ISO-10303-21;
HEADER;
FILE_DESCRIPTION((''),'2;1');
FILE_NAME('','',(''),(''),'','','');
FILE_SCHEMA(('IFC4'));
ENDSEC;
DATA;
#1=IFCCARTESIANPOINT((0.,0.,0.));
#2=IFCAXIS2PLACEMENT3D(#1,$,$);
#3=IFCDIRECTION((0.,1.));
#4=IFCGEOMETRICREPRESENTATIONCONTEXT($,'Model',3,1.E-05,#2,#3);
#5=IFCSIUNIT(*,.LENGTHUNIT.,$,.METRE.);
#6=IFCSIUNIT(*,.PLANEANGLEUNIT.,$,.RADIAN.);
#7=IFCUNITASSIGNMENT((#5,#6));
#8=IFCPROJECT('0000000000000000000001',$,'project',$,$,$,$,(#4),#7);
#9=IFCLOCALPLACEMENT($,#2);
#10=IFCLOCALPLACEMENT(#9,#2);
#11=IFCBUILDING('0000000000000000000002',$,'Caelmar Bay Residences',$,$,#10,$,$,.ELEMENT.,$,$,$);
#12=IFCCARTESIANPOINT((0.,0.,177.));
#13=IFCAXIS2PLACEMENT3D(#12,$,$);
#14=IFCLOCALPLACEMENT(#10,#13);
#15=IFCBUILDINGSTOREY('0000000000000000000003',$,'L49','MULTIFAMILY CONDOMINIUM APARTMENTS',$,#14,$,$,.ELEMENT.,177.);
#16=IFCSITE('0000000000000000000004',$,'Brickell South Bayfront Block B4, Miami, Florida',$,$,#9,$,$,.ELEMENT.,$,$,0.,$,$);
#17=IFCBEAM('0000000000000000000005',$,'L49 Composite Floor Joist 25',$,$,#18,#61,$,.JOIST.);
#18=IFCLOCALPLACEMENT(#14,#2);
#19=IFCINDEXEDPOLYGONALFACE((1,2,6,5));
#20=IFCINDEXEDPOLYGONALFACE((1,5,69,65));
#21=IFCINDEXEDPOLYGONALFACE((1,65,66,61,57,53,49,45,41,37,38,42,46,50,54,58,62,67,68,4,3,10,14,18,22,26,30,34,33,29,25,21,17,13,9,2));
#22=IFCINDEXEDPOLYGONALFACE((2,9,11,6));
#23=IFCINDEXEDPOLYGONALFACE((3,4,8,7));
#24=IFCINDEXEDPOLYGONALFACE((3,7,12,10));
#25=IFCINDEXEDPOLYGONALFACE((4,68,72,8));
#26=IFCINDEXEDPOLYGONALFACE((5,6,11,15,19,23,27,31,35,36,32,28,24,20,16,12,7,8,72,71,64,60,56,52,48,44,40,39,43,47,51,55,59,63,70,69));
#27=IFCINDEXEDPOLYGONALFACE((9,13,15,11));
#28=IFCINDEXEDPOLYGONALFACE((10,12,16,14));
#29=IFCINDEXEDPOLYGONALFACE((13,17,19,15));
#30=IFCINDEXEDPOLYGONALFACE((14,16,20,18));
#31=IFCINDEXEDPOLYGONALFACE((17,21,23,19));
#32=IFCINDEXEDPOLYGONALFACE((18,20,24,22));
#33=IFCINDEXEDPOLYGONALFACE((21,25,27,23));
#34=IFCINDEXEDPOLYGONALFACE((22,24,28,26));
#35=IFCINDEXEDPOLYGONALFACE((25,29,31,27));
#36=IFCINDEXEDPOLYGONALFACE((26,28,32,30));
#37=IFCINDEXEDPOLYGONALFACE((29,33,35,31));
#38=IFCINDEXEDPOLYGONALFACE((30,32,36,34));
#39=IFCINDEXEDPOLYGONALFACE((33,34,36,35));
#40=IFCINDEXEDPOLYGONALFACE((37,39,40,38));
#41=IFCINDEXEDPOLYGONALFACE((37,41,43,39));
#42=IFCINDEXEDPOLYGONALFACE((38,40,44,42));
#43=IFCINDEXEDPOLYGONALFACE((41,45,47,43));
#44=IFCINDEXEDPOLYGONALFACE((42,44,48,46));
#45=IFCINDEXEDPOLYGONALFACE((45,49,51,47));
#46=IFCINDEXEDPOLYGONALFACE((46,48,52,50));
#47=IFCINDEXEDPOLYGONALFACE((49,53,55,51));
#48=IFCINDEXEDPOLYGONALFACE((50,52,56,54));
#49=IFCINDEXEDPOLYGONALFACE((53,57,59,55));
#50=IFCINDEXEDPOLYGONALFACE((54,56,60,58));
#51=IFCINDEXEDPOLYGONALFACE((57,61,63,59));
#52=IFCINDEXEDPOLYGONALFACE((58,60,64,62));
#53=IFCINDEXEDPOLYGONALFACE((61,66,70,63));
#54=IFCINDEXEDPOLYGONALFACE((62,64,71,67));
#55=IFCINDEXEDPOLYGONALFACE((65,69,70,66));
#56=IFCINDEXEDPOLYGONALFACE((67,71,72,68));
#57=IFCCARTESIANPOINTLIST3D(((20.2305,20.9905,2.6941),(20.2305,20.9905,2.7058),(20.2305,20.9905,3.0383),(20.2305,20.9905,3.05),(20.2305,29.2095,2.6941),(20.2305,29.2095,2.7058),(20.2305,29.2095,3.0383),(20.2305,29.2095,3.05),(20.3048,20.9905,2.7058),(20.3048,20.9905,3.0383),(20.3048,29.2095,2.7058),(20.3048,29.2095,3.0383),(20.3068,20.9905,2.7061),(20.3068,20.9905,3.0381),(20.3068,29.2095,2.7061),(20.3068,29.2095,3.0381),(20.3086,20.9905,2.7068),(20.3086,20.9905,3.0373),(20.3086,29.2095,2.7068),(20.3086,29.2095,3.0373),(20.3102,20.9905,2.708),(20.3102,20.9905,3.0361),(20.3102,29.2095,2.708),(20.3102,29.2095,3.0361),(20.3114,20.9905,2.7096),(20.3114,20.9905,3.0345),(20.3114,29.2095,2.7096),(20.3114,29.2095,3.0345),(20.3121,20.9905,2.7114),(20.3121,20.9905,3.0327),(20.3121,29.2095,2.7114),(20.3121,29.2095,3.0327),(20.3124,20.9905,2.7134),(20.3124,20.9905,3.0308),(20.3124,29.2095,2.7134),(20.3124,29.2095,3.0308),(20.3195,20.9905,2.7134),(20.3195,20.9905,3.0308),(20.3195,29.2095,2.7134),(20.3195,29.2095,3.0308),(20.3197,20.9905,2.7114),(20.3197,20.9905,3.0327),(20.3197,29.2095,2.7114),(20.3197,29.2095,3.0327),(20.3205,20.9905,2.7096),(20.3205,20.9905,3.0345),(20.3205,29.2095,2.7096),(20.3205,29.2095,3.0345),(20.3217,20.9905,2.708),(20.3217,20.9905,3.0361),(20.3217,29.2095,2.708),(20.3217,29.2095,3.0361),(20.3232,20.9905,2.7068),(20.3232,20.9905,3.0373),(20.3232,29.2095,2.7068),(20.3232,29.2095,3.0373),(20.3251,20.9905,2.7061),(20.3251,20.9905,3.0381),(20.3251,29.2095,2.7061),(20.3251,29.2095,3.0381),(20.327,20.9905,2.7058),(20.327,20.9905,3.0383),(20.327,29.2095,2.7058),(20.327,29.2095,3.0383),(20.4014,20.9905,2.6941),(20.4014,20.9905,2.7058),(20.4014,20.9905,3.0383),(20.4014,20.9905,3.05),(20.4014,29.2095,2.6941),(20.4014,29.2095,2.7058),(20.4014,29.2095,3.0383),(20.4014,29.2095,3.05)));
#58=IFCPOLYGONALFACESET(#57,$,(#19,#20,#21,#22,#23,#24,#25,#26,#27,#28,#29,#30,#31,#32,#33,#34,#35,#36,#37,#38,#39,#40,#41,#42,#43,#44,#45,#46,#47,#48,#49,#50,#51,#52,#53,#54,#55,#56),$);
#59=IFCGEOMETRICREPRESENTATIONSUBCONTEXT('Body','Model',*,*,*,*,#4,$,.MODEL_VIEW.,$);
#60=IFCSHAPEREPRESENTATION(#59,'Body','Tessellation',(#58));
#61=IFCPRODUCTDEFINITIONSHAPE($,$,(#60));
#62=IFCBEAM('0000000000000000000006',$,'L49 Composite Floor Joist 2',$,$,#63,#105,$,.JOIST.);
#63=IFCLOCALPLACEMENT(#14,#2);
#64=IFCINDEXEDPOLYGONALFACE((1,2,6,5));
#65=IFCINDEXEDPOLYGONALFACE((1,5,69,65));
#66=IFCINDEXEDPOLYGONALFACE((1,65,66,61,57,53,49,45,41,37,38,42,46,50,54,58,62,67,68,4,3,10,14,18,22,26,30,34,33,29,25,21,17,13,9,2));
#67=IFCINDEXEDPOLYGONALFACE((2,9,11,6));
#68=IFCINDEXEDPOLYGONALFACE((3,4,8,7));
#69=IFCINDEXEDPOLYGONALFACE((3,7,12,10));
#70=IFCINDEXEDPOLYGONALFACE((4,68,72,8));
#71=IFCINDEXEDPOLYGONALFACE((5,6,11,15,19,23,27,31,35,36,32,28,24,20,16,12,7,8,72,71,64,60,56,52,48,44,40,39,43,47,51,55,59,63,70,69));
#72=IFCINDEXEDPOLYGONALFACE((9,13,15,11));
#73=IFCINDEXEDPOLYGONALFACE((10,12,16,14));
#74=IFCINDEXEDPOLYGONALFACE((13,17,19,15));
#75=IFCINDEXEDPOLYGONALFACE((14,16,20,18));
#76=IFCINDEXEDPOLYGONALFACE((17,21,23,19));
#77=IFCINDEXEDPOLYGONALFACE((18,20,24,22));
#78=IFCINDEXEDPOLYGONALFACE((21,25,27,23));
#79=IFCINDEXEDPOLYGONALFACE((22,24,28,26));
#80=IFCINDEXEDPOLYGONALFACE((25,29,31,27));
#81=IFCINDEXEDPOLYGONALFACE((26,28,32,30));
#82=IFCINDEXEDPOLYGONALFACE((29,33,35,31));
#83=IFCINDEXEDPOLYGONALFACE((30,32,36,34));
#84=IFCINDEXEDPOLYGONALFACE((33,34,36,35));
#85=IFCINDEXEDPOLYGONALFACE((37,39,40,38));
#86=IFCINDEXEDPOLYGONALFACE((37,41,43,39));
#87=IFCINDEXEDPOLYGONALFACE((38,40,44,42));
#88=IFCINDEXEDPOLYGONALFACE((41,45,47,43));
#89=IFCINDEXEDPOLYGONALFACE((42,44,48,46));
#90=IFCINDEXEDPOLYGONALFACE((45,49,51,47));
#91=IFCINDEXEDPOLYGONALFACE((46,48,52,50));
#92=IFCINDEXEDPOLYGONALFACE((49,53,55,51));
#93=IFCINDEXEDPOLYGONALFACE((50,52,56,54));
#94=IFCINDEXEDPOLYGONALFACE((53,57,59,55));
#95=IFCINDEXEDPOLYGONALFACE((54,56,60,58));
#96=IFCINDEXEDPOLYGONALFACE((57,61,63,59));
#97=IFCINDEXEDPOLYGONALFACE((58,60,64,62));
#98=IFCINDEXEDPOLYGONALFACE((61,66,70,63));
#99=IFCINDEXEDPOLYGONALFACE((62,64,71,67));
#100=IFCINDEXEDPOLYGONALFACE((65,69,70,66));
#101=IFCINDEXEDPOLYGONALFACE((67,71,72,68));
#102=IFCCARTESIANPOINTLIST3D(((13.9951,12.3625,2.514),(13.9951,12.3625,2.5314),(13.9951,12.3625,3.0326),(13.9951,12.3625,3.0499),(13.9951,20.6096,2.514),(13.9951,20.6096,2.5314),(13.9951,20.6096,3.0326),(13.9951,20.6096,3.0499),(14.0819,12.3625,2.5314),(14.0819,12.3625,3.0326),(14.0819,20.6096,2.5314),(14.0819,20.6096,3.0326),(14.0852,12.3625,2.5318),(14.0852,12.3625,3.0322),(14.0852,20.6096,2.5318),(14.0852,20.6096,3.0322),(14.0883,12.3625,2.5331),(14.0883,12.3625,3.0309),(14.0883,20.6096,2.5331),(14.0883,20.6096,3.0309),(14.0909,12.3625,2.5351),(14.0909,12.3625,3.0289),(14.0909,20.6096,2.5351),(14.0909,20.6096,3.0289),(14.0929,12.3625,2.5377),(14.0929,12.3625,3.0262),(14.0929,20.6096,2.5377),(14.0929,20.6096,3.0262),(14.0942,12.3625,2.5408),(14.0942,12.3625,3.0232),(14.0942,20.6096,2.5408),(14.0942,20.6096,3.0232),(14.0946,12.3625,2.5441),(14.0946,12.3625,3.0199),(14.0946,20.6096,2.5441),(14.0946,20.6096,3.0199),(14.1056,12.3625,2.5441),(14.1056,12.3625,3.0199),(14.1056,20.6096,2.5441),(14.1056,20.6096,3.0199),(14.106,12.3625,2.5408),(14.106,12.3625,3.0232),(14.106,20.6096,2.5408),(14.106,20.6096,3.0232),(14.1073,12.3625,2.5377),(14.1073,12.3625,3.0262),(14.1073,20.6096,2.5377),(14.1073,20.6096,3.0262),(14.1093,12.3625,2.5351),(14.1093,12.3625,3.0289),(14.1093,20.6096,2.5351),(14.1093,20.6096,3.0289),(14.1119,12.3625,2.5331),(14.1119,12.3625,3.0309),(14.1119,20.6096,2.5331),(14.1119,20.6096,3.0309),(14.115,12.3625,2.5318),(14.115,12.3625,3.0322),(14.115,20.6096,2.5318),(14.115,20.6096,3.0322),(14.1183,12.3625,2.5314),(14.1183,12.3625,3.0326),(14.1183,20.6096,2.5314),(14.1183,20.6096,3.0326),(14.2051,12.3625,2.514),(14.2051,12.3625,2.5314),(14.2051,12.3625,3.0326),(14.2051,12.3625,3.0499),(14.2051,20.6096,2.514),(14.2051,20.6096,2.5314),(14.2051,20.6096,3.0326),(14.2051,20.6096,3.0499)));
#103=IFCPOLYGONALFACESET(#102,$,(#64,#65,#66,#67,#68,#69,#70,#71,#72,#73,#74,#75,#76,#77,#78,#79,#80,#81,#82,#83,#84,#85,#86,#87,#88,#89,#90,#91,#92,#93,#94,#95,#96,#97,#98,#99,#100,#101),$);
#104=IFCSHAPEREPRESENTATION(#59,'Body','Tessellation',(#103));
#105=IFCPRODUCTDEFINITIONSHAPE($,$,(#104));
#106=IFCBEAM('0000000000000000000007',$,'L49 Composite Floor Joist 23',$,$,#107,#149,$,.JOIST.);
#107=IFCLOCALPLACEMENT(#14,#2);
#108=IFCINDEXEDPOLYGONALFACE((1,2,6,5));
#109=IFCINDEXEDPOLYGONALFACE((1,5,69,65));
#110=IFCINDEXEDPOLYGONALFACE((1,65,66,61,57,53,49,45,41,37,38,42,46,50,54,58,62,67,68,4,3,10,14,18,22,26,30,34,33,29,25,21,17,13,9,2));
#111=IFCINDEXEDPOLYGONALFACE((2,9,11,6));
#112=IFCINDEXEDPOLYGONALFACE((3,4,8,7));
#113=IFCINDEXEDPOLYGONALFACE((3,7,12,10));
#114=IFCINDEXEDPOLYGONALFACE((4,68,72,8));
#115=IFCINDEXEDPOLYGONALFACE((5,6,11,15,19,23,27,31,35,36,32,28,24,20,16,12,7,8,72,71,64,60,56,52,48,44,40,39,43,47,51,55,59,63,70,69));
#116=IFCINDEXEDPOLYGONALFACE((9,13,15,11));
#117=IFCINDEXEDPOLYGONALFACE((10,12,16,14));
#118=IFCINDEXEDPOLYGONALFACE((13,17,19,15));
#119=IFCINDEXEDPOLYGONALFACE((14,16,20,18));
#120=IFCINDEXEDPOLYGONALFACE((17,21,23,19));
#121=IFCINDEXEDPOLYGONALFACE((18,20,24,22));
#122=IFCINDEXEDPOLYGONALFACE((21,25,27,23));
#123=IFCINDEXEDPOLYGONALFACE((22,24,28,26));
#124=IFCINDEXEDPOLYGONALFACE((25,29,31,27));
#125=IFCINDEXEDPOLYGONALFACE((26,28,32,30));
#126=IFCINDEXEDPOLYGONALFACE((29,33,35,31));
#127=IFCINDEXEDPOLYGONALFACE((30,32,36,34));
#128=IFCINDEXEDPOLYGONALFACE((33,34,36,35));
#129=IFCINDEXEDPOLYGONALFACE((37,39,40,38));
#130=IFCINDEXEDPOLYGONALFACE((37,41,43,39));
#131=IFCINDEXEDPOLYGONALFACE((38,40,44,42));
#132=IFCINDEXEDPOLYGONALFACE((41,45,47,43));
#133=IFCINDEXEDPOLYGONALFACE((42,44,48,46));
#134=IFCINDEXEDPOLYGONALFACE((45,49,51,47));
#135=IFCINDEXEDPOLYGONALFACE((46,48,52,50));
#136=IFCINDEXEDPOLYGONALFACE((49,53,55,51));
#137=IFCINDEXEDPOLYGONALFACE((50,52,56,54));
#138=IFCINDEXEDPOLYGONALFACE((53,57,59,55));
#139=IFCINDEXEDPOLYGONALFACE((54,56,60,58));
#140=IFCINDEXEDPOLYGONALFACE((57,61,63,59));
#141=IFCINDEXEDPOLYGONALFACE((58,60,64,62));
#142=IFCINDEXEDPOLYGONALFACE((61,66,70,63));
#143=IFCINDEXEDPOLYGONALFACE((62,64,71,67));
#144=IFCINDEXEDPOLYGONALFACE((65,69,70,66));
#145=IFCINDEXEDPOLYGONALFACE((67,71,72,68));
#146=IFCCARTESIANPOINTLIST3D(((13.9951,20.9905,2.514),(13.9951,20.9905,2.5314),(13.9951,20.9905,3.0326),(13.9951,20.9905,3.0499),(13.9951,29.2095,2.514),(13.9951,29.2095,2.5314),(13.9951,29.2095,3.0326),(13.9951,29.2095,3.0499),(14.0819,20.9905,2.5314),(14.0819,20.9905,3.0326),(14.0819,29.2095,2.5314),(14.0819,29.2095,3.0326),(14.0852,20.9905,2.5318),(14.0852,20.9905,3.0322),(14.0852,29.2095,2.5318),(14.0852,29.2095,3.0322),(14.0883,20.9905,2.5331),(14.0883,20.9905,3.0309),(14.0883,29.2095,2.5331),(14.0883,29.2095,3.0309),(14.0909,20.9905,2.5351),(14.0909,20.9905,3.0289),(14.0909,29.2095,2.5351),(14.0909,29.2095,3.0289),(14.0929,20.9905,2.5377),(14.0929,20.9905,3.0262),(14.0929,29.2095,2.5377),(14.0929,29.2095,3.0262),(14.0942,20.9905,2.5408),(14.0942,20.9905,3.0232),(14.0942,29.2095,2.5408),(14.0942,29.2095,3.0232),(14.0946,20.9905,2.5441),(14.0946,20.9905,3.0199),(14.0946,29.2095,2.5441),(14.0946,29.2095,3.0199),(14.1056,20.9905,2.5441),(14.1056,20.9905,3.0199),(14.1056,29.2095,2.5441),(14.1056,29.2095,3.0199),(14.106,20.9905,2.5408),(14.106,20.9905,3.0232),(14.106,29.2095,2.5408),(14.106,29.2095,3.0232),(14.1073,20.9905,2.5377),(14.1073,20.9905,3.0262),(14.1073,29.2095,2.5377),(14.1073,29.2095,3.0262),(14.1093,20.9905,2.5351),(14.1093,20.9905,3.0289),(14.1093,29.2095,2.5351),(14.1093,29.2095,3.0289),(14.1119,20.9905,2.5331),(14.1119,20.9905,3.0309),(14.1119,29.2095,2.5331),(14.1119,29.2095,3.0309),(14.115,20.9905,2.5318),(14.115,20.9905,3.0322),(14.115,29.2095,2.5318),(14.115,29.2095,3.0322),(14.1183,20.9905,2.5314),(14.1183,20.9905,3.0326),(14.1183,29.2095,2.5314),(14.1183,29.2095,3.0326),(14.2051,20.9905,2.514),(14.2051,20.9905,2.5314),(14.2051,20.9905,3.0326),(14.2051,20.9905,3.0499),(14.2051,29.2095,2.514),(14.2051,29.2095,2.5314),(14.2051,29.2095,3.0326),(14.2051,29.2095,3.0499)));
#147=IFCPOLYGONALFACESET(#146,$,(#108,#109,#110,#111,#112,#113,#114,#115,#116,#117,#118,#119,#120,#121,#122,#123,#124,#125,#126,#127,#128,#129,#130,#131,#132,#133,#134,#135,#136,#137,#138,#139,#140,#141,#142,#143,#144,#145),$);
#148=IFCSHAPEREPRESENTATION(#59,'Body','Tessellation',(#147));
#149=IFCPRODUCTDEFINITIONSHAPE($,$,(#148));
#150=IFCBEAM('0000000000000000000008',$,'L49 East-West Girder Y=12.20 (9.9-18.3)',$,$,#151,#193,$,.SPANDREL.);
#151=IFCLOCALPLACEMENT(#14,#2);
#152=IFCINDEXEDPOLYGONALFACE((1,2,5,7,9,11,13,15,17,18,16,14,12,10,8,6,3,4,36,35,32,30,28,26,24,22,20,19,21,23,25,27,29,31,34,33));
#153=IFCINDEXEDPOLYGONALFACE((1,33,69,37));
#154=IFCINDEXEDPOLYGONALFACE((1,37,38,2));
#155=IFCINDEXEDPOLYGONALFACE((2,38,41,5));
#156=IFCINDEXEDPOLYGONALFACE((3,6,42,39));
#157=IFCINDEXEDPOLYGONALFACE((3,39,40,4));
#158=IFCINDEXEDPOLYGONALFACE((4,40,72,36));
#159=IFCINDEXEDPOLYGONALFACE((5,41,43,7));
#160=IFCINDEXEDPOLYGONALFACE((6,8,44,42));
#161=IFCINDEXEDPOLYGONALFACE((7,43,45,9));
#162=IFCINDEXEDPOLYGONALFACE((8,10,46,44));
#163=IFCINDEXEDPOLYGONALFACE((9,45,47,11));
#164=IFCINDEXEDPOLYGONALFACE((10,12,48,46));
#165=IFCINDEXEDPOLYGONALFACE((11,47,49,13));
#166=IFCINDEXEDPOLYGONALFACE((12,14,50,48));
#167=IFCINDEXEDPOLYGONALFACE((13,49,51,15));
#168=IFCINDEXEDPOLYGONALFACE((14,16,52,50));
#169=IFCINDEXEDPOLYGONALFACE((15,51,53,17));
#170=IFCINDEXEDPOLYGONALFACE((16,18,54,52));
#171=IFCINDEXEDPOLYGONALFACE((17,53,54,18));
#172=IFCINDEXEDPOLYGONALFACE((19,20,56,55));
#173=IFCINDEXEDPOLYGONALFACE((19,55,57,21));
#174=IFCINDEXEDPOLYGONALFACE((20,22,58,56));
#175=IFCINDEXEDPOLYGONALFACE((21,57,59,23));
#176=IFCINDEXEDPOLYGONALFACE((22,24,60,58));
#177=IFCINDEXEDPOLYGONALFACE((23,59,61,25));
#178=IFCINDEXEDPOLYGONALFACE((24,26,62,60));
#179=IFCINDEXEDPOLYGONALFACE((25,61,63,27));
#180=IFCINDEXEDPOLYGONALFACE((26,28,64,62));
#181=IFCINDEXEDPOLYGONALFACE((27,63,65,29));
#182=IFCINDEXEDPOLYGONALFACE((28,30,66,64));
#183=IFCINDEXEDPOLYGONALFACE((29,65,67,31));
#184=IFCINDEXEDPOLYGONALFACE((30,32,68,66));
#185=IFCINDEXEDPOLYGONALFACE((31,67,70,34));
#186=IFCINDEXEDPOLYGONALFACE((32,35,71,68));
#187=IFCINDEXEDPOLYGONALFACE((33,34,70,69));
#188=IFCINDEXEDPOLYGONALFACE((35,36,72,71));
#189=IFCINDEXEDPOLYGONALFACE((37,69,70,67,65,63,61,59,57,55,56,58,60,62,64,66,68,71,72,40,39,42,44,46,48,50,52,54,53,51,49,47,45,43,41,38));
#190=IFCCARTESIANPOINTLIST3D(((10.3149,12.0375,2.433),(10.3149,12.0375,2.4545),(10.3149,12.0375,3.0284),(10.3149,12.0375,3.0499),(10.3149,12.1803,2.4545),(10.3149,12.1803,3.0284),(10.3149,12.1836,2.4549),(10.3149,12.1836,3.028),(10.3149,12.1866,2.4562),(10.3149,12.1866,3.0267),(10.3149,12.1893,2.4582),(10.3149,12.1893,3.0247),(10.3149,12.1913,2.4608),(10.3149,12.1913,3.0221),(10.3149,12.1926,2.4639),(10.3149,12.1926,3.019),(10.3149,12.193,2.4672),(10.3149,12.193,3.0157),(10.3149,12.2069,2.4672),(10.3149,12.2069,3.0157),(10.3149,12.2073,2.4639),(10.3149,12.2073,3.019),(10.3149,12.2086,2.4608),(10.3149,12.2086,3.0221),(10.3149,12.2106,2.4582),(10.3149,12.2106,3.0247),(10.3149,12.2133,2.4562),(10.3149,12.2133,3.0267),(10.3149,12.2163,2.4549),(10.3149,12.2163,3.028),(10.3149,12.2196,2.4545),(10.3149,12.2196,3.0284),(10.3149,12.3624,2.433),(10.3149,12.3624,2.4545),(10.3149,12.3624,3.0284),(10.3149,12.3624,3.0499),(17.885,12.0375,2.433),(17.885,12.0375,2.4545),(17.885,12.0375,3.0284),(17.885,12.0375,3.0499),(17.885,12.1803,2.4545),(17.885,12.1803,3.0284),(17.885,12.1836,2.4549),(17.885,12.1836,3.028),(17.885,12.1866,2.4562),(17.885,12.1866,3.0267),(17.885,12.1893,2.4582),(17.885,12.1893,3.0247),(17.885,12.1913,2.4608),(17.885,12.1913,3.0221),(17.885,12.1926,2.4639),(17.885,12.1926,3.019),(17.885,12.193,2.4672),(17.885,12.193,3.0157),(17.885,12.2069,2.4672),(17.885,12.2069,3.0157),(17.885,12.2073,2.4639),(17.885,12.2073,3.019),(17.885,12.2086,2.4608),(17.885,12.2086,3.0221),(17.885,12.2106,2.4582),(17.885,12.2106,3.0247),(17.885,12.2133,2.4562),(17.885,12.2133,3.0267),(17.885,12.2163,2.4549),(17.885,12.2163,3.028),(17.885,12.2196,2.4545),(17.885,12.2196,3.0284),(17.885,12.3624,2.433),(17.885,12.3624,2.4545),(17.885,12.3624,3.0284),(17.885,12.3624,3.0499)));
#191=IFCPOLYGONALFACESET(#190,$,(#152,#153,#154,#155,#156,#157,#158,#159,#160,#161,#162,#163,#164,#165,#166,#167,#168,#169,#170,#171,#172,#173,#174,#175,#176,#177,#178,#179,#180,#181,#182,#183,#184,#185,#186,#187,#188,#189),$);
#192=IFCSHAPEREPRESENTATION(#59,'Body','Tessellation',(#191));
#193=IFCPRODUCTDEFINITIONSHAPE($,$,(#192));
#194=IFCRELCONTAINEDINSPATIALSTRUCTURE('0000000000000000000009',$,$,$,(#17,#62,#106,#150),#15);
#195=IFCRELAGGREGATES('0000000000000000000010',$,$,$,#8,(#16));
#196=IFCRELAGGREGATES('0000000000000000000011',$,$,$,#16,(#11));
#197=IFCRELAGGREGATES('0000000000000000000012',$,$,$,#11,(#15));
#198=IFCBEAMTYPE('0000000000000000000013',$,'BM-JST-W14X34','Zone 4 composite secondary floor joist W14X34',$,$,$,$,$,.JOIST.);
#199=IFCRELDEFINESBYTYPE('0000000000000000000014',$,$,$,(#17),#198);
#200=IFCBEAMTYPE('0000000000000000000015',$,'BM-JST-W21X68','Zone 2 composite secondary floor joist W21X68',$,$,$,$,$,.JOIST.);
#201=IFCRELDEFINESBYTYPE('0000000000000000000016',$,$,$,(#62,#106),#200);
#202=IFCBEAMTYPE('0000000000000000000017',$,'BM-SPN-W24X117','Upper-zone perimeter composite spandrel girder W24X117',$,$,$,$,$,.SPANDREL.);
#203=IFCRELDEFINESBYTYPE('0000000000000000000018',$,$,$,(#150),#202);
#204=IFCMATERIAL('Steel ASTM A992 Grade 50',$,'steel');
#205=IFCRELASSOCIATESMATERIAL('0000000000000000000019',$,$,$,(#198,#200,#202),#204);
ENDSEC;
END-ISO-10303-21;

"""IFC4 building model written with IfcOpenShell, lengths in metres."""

from ifc_helpers import new_model, si_unit, direction, frame, origin, origin_2d, place, context, subcontext, project, spatial, i_section, extrude, material, material_profile, profile_set, type_object, element, save


model = new_model("IFC4")

# Units and contexts
model_context = context("Model", 3, precision=1e-05, world=origin(), true_north=direction((0.0, 1.0)))
body_context = subcontext(model_context, "Body", "Model", "MODEL_VIEW")
ifc_project = project(units=[si_unit("LENGTHUNIT", "METRE"), si_unit("PLANEANGLEUNIT", "RADIAN")], contexts=[model_context])

# Site, building, storey
site_placement = place(None, origin())
site = spatial("IfcSite", under=ifc_project, at=site_placement, Name="Brickell South Bayfront Block B4, Miami, Florida", CompositionType="ELEMENT", RefElevation=0.0)
building_placement = place(site_placement, origin())
building = spatial("IfcBuilding", under=site, at=building_placement, Name="Caelmar Bay Residences", CompositionType="ELEMENT")
storey_placement = place(building_placement, frame((0.0, 0.0, 177.0)))
storey = spatial("IfcBuildingStorey", under=building, at=storey_placement, Name="L49", Description="MULTIFAMILY CONDOMINIUM APARTMENTS", CompositionType="ELEMENT", Elevation=177.0)

# Beams
ifc_material_1 = material(Name="Steel ASTM A992 Grade 50", Category="steel")
ifc_material_profile_1 = material_profile(ifc_material_1, i_section(OverallWidth=0.1709, OverallDepth=0.356, WebThickness=0.0071, FlangeThickness=0.0117, FilletRadius=0.0076, at=origin_2d()), Name="W14X34")
ifc_profile_set_1 = profile_set([ifc_material_profile_1], Name="Steel ASTM A992 Grade 50")
beam_type_1 = type_object("IfcBeamType", Name="BM-JST-W14X34", Description="Zone 4 composite secondary floor joist W14X34", PredefinedType="JOIST", material=ifc_profile_set_1)
for number, where, z_axis, x_axis, name in (
    (1, (20.3159, 20.9905, 2.8721), (0.0, 1.0, 0.0), (-1.0, 0.0, 0.0), "L49 Composite Floor Joist 25"),
):
    element("IfcBeam", number, at=place(storey_placement, frame(where, z_axis=z_axis, x_axis=x_axis)), inside=storey, type_object=beam_type_1, Name=name, PredefinedType="JOIST", context=body_context, shape_type="SweptSolid", body=[
        extrude(i_section(OverallWidth=0.1709, OverallDepth=0.356, WebThickness=0.0071, FlangeThickness=0.0117, FilletRadius=0.0076, at=origin_2d()), origin(), (0.0, 0.0, 1.0), 8.219),
    ])
ifc_material_profile_2 = material_profile(ifc_material_1, i_section(OverallWidth=0.21, OverallDepth=0.5359, WebThickness=0.011, FlangeThickness=0.0173, FilletRadius=0.0127, at=origin_2d()), Name="W21X68")
ifc_profile_set_2 = profile_set([ifc_material_profile_2], Name="Steel ASTM A992 Grade 50")
beam_type_2 = type_object("IfcBeamType", Name="BM-JST-W21X68", Description="Zone 2 composite secondary floor joist W21X68", PredefinedType="JOIST", material=ifc_profile_set_2)
beam_1_placement = place(storey_placement, frame((14.1001, 12.3625, 2.782), z_axis=(0.0, 1.0, 0.0), x_axis=(-1.0, 0.0, 0.0)))
element("IfcBeam", 2, at=beam_1_placement, inside=storey, type_object=beam_type_2, Name="L49 Composite Floor Joist 2", PredefinedType="JOIST", context=body_context, shape_type="SweptSolid", body=[
    extrude(i_section(OverallWidth=0.21, OverallDepth=0.5359, WebThickness=0.011, FlangeThickness=0.0173, FilletRadius=0.0127, at=origin_2d()), origin(), (0.0, 0.0, 1.0), 8.2471),
])
beam_2_placement = place(storey_placement, frame((14.1001, 20.9905, 2.782), z_axis=(0.0, 1.0, 0.0), x_axis=(-1.0, 0.0, 0.0)))
element("IfcBeam", 3, at=beam_2_placement, inside=storey, type_object=beam_type_2, Name="L49 Composite Floor Joist 23", PredefinedType="JOIST", context=body_context, shape_type="SweptSolid", body=[
    extrude(i_section(OverallWidth=0.21, OverallDepth=0.5359, WebThickness=0.011, FlangeThickness=0.0173, FilletRadius=0.0127, at=origin_2d()), origin(), (0.0, 0.0, 1.0), 8.219),
])
ifc_material_profile_3 = material_profile(ifc_material_1, i_section(OverallWidth=0.325, OverallDepth=0.6169, WebThickness=0.0139, FlangeThickness=0.0215, FilletRadius=0.0127, at=origin_2d()), Name="W24X117")
ifc_profile_set_3 = profile_set([ifc_material_profile_3], Name="Steel ASTM A992 Grade 50")
beam_type_3 = type_object("IfcBeamType", Name="BM-SPN-W24X117", Description="Upper-zone perimeter composite spandrel girder W24X117", PredefinedType="SPANDREL", material=ifc_profile_set_3)
beam_3_placement = place(storey_placement, frame((10.3149, 12.2, 2.7415), z_axis=(1.0, 0.0, 0.0), x_axis=(0.0, 1.0, 0.0)))
element("IfcBeam", 4, at=beam_3_placement, inside=storey, type_object=beam_type_3, Name="L49 East-West Girder Y=12.20 (9.9-18.3)", PredefinedType="SPANDREL", context=body_context, shape_type="SweptSolid", body=[
    extrude(i_section(OverallWidth=0.325, OverallDepth=0.6169, WebThickness=0.0139, FlangeThickness=0.0215, FilletRadius=0.0127, at=origin_2d()), origin(), (0.0, 0.0, 1.0), 7.5701),
])

save(model, "model.ifc")
